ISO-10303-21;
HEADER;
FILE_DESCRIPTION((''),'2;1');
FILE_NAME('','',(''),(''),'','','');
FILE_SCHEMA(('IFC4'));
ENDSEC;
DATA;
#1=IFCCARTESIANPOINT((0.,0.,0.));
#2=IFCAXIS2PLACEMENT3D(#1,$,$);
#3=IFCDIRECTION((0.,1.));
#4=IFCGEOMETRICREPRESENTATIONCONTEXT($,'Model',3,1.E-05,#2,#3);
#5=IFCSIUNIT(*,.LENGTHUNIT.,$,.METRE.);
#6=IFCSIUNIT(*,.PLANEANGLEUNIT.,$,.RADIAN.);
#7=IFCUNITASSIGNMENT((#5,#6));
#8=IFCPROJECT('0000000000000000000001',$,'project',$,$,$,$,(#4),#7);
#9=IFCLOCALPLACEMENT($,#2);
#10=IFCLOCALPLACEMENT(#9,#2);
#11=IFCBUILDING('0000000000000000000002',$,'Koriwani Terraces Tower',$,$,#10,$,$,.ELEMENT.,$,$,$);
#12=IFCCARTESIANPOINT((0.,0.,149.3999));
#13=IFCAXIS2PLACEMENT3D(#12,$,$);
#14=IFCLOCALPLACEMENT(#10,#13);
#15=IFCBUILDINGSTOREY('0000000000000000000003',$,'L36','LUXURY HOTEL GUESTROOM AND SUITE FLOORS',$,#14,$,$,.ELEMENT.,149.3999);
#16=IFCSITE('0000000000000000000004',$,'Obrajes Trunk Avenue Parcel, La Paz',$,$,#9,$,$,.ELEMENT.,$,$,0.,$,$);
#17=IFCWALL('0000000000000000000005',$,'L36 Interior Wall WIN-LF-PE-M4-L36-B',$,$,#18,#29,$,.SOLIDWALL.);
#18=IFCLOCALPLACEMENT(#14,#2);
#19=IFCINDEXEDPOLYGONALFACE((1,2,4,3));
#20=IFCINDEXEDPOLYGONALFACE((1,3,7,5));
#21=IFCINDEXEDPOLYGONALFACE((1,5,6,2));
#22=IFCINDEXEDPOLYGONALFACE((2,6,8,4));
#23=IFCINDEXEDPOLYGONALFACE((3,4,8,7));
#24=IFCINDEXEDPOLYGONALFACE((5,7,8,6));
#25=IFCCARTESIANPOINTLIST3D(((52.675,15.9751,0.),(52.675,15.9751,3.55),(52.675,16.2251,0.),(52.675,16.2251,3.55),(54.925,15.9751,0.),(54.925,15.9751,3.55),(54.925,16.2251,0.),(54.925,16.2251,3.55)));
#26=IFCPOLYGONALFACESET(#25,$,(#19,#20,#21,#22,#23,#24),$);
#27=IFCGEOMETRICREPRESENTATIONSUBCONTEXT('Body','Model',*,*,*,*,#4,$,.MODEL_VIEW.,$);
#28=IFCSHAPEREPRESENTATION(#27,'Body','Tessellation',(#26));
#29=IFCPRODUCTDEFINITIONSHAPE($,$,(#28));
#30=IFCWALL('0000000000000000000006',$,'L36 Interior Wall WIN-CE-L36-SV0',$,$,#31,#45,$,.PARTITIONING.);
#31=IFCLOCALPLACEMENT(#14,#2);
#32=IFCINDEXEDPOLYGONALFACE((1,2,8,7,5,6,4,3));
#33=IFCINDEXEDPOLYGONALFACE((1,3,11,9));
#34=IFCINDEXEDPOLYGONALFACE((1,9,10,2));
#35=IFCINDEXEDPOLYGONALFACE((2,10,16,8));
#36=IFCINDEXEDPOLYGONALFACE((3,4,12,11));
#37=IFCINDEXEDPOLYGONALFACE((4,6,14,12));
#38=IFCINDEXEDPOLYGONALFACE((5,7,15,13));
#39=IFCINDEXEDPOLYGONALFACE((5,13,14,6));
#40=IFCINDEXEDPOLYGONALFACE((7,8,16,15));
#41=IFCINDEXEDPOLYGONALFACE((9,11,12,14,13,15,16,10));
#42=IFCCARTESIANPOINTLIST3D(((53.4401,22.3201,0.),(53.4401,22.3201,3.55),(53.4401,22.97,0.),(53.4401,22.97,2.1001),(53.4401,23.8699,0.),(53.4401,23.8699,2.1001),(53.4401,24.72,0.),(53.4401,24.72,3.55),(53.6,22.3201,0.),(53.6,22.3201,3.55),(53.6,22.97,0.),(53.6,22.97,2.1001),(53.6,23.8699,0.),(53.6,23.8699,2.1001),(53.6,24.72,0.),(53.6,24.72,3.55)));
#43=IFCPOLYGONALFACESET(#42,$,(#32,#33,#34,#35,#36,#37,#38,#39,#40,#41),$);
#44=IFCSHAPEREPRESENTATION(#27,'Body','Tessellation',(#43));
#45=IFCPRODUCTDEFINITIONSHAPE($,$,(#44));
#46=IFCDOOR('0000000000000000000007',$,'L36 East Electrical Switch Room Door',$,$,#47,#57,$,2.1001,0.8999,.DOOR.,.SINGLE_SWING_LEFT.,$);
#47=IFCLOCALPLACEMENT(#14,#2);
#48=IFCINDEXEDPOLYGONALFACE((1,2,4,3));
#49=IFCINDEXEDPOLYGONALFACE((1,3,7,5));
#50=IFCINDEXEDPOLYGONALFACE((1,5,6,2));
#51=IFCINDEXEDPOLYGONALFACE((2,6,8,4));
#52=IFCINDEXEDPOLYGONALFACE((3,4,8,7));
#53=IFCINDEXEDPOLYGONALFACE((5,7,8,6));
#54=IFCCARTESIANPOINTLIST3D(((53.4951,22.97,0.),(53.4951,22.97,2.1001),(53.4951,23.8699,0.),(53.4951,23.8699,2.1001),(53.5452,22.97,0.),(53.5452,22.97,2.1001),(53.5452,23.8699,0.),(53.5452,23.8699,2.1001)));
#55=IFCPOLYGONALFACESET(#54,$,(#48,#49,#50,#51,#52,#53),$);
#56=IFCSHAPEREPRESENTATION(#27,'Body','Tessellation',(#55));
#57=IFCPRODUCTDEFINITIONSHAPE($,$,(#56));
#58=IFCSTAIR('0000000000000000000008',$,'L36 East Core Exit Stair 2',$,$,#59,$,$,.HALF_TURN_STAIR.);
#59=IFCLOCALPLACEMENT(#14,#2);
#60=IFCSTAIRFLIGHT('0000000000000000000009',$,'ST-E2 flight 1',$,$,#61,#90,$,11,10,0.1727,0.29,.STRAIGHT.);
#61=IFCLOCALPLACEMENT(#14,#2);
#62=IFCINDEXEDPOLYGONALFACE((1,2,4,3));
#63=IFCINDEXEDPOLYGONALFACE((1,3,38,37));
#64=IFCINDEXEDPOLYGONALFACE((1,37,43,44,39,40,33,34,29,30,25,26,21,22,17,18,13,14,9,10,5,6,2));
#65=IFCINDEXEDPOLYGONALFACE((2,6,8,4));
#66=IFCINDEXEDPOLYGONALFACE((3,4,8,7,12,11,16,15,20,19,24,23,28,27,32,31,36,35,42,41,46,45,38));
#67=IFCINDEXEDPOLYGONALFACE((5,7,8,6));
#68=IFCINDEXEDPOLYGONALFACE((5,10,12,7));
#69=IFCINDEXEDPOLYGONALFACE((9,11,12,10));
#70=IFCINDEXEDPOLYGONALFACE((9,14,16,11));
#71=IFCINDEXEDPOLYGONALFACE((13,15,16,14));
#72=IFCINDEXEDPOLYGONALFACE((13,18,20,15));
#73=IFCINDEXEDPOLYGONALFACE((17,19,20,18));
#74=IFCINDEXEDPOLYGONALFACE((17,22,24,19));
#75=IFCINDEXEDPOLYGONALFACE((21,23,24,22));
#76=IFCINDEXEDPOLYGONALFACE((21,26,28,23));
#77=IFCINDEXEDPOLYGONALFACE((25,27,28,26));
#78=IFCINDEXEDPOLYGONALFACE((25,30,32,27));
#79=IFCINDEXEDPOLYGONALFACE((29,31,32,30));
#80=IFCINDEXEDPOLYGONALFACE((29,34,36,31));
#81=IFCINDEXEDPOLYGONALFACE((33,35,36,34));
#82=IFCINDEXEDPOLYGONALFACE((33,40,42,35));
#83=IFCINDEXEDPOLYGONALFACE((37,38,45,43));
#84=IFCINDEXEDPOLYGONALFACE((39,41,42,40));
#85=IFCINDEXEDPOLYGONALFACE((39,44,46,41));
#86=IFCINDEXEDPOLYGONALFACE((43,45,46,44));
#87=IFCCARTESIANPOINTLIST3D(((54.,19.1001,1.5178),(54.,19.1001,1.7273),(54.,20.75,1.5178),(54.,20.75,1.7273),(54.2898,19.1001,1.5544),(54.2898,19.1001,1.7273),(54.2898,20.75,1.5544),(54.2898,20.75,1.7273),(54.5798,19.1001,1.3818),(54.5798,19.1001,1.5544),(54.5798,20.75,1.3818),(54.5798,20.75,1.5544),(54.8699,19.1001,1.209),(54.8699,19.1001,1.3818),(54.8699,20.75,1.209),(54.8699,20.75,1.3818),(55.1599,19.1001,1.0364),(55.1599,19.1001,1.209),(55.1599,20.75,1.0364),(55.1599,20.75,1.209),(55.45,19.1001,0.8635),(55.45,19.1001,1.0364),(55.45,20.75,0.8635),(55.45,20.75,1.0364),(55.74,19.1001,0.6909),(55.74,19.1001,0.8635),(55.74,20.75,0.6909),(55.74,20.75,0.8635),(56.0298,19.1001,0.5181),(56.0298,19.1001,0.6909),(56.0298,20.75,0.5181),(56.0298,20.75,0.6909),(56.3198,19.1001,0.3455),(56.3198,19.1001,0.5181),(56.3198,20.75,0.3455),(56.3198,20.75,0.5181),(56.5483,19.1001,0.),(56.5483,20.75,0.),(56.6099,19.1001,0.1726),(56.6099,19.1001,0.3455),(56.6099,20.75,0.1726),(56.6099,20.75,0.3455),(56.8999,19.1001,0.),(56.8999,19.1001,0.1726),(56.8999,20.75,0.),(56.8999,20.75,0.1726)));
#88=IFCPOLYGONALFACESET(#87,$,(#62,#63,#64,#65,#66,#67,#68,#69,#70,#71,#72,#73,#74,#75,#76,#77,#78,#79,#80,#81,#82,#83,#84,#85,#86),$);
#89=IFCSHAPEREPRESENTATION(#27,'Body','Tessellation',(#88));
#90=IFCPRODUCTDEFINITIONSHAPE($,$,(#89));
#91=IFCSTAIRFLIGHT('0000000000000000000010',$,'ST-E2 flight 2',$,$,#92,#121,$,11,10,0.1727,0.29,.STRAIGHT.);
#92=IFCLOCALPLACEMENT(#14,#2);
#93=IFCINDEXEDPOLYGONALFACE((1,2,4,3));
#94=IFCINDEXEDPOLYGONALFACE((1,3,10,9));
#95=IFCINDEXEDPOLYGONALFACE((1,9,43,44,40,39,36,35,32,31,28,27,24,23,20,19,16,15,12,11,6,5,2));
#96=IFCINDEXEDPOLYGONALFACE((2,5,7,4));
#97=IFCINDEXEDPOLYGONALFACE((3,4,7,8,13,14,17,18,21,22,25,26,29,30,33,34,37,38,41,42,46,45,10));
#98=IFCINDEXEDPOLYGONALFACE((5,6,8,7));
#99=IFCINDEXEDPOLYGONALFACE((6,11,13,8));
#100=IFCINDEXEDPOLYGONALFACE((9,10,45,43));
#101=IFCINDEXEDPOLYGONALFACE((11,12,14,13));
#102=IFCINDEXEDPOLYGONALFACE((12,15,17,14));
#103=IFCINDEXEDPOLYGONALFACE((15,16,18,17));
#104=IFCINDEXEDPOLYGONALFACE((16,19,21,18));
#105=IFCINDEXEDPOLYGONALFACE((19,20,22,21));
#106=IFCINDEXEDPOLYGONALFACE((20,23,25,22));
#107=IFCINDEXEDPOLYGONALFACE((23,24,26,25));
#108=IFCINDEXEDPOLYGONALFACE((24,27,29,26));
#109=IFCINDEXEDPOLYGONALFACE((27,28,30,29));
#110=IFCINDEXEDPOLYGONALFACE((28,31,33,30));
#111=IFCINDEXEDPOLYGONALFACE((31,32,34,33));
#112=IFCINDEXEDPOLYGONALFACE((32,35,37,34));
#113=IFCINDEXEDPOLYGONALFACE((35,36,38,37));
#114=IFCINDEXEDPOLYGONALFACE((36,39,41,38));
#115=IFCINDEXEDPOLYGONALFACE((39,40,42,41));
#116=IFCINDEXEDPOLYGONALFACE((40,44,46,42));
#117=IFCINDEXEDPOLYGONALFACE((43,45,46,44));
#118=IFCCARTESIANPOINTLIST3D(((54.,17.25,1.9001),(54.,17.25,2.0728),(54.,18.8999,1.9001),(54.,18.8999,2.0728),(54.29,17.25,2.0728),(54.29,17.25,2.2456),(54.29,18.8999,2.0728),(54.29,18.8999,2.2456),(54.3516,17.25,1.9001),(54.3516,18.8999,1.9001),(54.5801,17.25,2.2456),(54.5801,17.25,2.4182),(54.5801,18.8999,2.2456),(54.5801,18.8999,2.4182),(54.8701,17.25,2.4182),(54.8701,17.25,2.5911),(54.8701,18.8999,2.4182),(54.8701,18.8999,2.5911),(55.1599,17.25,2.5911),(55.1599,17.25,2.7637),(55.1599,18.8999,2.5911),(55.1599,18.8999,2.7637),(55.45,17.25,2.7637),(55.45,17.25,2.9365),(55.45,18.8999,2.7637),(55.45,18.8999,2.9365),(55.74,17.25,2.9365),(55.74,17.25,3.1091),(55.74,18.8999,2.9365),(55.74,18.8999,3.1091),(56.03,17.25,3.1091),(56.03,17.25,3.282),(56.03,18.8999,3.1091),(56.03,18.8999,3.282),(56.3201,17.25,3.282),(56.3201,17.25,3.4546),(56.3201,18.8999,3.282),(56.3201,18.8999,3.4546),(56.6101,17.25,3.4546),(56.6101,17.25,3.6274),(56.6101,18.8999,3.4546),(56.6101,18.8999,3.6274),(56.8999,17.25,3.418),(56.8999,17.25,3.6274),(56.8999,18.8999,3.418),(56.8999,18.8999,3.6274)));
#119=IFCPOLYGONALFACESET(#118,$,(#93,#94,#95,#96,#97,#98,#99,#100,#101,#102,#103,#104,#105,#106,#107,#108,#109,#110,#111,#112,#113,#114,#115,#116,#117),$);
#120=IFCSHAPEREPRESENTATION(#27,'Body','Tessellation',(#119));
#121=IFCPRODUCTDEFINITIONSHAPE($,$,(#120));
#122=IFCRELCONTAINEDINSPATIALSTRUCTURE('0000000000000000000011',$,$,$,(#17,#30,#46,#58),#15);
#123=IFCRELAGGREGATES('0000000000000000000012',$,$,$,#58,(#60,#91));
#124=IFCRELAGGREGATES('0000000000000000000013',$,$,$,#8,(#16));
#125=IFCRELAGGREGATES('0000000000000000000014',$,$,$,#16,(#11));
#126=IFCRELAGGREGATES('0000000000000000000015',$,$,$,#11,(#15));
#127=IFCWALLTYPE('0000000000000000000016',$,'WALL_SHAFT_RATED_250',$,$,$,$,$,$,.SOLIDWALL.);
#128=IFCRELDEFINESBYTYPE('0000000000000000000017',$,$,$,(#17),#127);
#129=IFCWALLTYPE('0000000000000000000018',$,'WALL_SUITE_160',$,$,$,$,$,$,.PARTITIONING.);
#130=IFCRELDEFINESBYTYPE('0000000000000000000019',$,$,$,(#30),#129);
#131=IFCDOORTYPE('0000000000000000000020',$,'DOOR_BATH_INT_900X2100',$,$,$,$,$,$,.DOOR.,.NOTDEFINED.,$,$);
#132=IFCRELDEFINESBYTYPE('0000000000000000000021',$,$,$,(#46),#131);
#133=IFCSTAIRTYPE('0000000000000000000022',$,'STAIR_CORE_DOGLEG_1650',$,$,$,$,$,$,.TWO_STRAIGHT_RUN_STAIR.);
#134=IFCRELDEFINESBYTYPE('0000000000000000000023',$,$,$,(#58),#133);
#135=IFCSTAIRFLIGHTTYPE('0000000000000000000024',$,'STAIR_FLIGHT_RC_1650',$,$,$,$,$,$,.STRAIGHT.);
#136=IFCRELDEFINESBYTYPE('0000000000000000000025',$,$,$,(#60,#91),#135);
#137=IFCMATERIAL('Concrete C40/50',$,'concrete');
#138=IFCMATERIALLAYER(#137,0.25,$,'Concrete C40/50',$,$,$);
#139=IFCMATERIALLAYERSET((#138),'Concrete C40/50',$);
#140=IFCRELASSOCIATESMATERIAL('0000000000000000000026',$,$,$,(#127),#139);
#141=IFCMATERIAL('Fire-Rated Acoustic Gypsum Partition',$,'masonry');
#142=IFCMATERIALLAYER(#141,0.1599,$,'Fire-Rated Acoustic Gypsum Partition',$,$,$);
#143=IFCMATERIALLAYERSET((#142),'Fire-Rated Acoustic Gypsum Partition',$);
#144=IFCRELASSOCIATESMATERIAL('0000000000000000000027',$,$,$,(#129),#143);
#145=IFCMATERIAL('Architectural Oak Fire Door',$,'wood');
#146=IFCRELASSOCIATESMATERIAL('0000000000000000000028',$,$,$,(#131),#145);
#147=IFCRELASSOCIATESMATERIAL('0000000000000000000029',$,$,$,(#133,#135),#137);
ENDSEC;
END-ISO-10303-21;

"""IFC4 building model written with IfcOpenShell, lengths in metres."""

from ifc_helpers import new_model, si_unit, direction, frame, frame_2d, origin, place, context, subcontext, project, spatial, polyline, rectangle, outline, extrude, material, layer, layer_set, type_object, element, fill, aggregate, save


model = new_model("IFC4")

# Units and contexts
model_context = context("Model", 3, precision=1e-05, world=origin(), true_north=direction((0.0, 1.0)))
body_context = subcontext(model_context, "Body", "Model", "MODEL_VIEW")
ifc_project = project(units=[si_unit("LENGTHUNIT", "METRE"), si_unit("PLANEANGLEUNIT", "RADIAN")], contexts=[model_context])

# Site, building, storey
site_placement = place(None, origin())
site = spatial("IfcSite", under=ifc_project, at=site_placement, Name="Obrajes Trunk Avenue Parcel, La Paz", CompositionType="ELEMENT", RefElevation=0.0)
building_placement = place(site_placement, origin())
building = spatial("IfcBuilding", under=site, at=building_placement, Name="Koriwani Terraces Tower", CompositionType="ELEMENT")
storey_placement = place(building_placement, frame((0.0, 0.0, 149.3999)))
storey = spatial("IfcBuildingStorey", under=building, at=storey_placement, Name="L36", Description="LUXURY HOTEL GUESTROOM AND SUITE FLOORS", CompositionType="ELEMENT", Elevation=149.3999)

# Shared definitions
ifc_material_1 = material(Name="Concrete C40/50", Category="concrete")

# Shared definitions
ifc_layer_1 = layer(ifc_material_1, 0.25, Name="Concrete C40/50")
ifc_layer_set_1 = layer_set([ifc_layer_1], Name="Concrete C40/50")
wall_type_1 = type_object("IfcWallType", Name="WALL_SHAFT_RATED_250", PredefinedType="SOLIDWALL", material=ifc_layer_set_1)

# Wall
wall_1_placement = place(storey_placement, frame((52.675, 16.1001, 0.0), z_axis=(0.0, 0.0, 1.0), x_axis=(1.0, 0.0, 0.0)))
element("IfcWall", 1, at=wall_1_placement, inside=storey, type_object=wall_type_1, Name="L36 Interior Wall WIN-LF-PE-M4-L36-B", PredefinedType="SOLIDWALL", context=body_context, shape_type="SweptSolid", body=[
    extrude(rectangle(XDim=2.25, YDim=0.25, at=frame_2d((1.125, 0.0))), origin(), (0.0, 0.0, 1.0), 3.55),
])

# Wall, opening, door
ifc_material_2 = material(Name="Fire-Rated Acoustic Gypsum Partition", Category="masonry")
ifc_layer_2 = layer(ifc_material_2, 0.1599, Name="Fire-Rated Acoustic Gypsum Partition")
ifc_layer_set_2 = layer_set([ifc_layer_2], Name="Fire-Rated Acoustic Gypsum Partition")
wall_type_2 = type_object("IfcWallType", Name="WALL_SUITE_160", PredefinedType="PARTITIONING", material=ifc_layer_set_2)
wall_2_placement = place(storey_placement, frame((53.52, 22.3201, 0.0), z_axis=(0.0, 0.0, 1.0), x_axis=(0.0, 1.0, 0.0)))
wall_2 = element("IfcWall", 2, at=wall_2_placement, inside=storey, type_object=wall_type_2, Name="L36 Interior Wall WIN-CE-L36-SV0", PredefinedType="PARTITIONING", context=body_context, shape_type="SweptSolid", body=[
    extrude(rectangle(XDim=2.3999, YDim=0.1599, at=frame_2d((1.2, 0.0))), origin(), (0.0, 0.0, 1.0), 3.55),
])
opening_1_placement = place(wall_2_placement, frame((0.6499, 0.0, 0.0)))
opening_1 = element("IfcOpeningElement", 3, at=opening_1_placement, cuts=wall_2, PredefinedType="OPENING", context=body_context, shape_type="SweptSolid", body=[
    extrude(rectangle(XDim=0.8999, YDim=2.1001, at=frame_2d((0.45, 1.05))), frame((0.0, 0.0898, 0.0), z_axis=(0.0, -1.0, 0.0), x_axis=(1.0, 0.0, 0.0)), (0.0, 0.0, 1.0), 0.1799),
])
ifc_material_3 = material(Name="Architectural Oak Fire Door", Category="wood")
door_type_1 = type_object("IfcDoorType", Name="DOOR_BATH_INT_900X2100", OperationType="NOTDEFINED", PredefinedType="DOOR", material=ifc_material_3)
door_1_placement = place(opening_1_placement, origin())
door_1 = element("IfcDoor", 4, at=door_1_placement, inside=storey, type_object=door_type_1, Name="L36 East Electrical Switch Room Door", OperationType="SINGLE_SWING_LEFT", OverallHeight=2.1001, OverallWidth=0.8999, PredefinedType="DOOR", context=body_context, shape_type="SweptSolid", body=[
    extrude(rectangle(XDim=0.8999, YDim=2.1001, at=frame_2d((0.45, 1.05))), frame((0.0, 0.0249, 0.0), z_axis=(0.0, -1.0, 0.0), x_axis=(1.0, 0.0, 0.0)), (0.0, 0.0, 1.0), 0.05),
])
fill(opening_1, door_1)

# Stair, stair flights
stair_type = type_object("IfcStairType", Name="STAIR_CORE_DOGLEG_1650", PredefinedType="TWO_STRAIGHT_RUN_STAIR", material=ifc_material_1)
stair_placement = place(storey_placement, origin())
stair = element("IfcStair", 5, at=stair_placement, inside=storey, type_object=stair_type, Name="L36 East Core Exit Stair 2", PredefinedType="HALF_TURN_STAIR")
stair_flight_type = type_object("IfcStairFlightType", Name="STAIR_FLIGHT_RC_1650", PredefinedType="STRAIGHT", material=ifc_material_1)
stair_flight_1_placement = place(storey_placement, frame((56.8999, 19.925, 0.0), z_axis=(0.0, 0.0, 1.0), x_axis=(-1.0, 0.0, 0.0)))
stair_flight_1 = element("IfcStairFlight", 6, at=stair_flight_1_placement, type_object=stair_flight_type, Name="ST-E2 flight 1", NumberOfRisers=11, NumberOfTreads=10, PredefinedType="STRAIGHT", RiserHeight=0.1727, TreadLength=0.29, context=body_context, shape_type="SweptSolid", body=[
    extrude(outline(polyline([(0.0, 0.0), (0.0, 0.1726), (0.29, 0.1726), (0.29, 0.3455), (0.5801, 0.3455), (0.5801, 0.5181), (0.8701, 0.5181), (0.8701, 0.6909), (1.1599, 0.6909), (1.1599, 0.8635), (1.45, 0.8635), (1.45, 1.0364), (1.74, 1.0364), (1.74, 1.209), (2.03, 1.209), (2.03, 1.3818), (2.3201, 1.3818), (2.3201, 1.5544), (2.6101, 1.5544), (2.6101, 1.7273), (2.8999, 1.7273), (2.8999, 1.8999), (2.8999, 1.5178), (0.3516, 0.0), (0.0, 0.0)])), frame((0.0, 0.825, 0.0), z_axis=(0.0, -1.0, 0.0), x_axis=(1.0, 0.0, 0.0)), (0.0, 0.0, 1.0), 1.6499),
])
stair_flight_2_placement = place(storey_placement, frame((54.0, 18.075, 1.9001), z_axis=(0.0, 0.0, 1.0), x_axis=(1.0, 0.0, 0.0)))
stair_flight_2 = element("IfcStairFlight", 7, at=stair_flight_2_placement, type_object=stair_flight_type, Name="ST-E2 flight 2", NumberOfRisers=11, NumberOfTreads=10, PredefinedType="STRAIGHT", RiserHeight=0.1727, TreadLength=0.29, context=body_context, shape_type="SweptSolid", body=[
    extrude(outline(polyline([(0.0, 0.0), (0.0, 0.1726), (0.29, 0.1726), (0.29, 0.3455), (0.5801, 0.3455), (0.5801, 0.5181), (0.8701, 0.5181), (0.8701, 0.6909), (1.1599, 0.6909), (1.1599, 0.8635), (1.45, 0.8635), (1.45, 1.0364), (1.74, 1.0364), (1.74, 1.209), (2.03, 1.209), (2.03, 1.3818), (2.3201, 1.3818), (2.3201, 1.5544), (2.6101, 1.5544), (2.6101, 1.7273), (2.8999, 1.7273), (2.8999, 1.8999), (2.8999, 1.5178), (0.3516, 0.0), (0.0, 0.0)])), frame((0.0, 0.825, 0.0), z_axis=(0.0, -1.0, 0.0), x_axis=(1.0, 0.0, 0.0)), (0.0, 0.0, 1.0), 1.6499),
])
aggregate(stair, [stair_flight_1, stair_flight_2])

save(model, "model.ifc")
